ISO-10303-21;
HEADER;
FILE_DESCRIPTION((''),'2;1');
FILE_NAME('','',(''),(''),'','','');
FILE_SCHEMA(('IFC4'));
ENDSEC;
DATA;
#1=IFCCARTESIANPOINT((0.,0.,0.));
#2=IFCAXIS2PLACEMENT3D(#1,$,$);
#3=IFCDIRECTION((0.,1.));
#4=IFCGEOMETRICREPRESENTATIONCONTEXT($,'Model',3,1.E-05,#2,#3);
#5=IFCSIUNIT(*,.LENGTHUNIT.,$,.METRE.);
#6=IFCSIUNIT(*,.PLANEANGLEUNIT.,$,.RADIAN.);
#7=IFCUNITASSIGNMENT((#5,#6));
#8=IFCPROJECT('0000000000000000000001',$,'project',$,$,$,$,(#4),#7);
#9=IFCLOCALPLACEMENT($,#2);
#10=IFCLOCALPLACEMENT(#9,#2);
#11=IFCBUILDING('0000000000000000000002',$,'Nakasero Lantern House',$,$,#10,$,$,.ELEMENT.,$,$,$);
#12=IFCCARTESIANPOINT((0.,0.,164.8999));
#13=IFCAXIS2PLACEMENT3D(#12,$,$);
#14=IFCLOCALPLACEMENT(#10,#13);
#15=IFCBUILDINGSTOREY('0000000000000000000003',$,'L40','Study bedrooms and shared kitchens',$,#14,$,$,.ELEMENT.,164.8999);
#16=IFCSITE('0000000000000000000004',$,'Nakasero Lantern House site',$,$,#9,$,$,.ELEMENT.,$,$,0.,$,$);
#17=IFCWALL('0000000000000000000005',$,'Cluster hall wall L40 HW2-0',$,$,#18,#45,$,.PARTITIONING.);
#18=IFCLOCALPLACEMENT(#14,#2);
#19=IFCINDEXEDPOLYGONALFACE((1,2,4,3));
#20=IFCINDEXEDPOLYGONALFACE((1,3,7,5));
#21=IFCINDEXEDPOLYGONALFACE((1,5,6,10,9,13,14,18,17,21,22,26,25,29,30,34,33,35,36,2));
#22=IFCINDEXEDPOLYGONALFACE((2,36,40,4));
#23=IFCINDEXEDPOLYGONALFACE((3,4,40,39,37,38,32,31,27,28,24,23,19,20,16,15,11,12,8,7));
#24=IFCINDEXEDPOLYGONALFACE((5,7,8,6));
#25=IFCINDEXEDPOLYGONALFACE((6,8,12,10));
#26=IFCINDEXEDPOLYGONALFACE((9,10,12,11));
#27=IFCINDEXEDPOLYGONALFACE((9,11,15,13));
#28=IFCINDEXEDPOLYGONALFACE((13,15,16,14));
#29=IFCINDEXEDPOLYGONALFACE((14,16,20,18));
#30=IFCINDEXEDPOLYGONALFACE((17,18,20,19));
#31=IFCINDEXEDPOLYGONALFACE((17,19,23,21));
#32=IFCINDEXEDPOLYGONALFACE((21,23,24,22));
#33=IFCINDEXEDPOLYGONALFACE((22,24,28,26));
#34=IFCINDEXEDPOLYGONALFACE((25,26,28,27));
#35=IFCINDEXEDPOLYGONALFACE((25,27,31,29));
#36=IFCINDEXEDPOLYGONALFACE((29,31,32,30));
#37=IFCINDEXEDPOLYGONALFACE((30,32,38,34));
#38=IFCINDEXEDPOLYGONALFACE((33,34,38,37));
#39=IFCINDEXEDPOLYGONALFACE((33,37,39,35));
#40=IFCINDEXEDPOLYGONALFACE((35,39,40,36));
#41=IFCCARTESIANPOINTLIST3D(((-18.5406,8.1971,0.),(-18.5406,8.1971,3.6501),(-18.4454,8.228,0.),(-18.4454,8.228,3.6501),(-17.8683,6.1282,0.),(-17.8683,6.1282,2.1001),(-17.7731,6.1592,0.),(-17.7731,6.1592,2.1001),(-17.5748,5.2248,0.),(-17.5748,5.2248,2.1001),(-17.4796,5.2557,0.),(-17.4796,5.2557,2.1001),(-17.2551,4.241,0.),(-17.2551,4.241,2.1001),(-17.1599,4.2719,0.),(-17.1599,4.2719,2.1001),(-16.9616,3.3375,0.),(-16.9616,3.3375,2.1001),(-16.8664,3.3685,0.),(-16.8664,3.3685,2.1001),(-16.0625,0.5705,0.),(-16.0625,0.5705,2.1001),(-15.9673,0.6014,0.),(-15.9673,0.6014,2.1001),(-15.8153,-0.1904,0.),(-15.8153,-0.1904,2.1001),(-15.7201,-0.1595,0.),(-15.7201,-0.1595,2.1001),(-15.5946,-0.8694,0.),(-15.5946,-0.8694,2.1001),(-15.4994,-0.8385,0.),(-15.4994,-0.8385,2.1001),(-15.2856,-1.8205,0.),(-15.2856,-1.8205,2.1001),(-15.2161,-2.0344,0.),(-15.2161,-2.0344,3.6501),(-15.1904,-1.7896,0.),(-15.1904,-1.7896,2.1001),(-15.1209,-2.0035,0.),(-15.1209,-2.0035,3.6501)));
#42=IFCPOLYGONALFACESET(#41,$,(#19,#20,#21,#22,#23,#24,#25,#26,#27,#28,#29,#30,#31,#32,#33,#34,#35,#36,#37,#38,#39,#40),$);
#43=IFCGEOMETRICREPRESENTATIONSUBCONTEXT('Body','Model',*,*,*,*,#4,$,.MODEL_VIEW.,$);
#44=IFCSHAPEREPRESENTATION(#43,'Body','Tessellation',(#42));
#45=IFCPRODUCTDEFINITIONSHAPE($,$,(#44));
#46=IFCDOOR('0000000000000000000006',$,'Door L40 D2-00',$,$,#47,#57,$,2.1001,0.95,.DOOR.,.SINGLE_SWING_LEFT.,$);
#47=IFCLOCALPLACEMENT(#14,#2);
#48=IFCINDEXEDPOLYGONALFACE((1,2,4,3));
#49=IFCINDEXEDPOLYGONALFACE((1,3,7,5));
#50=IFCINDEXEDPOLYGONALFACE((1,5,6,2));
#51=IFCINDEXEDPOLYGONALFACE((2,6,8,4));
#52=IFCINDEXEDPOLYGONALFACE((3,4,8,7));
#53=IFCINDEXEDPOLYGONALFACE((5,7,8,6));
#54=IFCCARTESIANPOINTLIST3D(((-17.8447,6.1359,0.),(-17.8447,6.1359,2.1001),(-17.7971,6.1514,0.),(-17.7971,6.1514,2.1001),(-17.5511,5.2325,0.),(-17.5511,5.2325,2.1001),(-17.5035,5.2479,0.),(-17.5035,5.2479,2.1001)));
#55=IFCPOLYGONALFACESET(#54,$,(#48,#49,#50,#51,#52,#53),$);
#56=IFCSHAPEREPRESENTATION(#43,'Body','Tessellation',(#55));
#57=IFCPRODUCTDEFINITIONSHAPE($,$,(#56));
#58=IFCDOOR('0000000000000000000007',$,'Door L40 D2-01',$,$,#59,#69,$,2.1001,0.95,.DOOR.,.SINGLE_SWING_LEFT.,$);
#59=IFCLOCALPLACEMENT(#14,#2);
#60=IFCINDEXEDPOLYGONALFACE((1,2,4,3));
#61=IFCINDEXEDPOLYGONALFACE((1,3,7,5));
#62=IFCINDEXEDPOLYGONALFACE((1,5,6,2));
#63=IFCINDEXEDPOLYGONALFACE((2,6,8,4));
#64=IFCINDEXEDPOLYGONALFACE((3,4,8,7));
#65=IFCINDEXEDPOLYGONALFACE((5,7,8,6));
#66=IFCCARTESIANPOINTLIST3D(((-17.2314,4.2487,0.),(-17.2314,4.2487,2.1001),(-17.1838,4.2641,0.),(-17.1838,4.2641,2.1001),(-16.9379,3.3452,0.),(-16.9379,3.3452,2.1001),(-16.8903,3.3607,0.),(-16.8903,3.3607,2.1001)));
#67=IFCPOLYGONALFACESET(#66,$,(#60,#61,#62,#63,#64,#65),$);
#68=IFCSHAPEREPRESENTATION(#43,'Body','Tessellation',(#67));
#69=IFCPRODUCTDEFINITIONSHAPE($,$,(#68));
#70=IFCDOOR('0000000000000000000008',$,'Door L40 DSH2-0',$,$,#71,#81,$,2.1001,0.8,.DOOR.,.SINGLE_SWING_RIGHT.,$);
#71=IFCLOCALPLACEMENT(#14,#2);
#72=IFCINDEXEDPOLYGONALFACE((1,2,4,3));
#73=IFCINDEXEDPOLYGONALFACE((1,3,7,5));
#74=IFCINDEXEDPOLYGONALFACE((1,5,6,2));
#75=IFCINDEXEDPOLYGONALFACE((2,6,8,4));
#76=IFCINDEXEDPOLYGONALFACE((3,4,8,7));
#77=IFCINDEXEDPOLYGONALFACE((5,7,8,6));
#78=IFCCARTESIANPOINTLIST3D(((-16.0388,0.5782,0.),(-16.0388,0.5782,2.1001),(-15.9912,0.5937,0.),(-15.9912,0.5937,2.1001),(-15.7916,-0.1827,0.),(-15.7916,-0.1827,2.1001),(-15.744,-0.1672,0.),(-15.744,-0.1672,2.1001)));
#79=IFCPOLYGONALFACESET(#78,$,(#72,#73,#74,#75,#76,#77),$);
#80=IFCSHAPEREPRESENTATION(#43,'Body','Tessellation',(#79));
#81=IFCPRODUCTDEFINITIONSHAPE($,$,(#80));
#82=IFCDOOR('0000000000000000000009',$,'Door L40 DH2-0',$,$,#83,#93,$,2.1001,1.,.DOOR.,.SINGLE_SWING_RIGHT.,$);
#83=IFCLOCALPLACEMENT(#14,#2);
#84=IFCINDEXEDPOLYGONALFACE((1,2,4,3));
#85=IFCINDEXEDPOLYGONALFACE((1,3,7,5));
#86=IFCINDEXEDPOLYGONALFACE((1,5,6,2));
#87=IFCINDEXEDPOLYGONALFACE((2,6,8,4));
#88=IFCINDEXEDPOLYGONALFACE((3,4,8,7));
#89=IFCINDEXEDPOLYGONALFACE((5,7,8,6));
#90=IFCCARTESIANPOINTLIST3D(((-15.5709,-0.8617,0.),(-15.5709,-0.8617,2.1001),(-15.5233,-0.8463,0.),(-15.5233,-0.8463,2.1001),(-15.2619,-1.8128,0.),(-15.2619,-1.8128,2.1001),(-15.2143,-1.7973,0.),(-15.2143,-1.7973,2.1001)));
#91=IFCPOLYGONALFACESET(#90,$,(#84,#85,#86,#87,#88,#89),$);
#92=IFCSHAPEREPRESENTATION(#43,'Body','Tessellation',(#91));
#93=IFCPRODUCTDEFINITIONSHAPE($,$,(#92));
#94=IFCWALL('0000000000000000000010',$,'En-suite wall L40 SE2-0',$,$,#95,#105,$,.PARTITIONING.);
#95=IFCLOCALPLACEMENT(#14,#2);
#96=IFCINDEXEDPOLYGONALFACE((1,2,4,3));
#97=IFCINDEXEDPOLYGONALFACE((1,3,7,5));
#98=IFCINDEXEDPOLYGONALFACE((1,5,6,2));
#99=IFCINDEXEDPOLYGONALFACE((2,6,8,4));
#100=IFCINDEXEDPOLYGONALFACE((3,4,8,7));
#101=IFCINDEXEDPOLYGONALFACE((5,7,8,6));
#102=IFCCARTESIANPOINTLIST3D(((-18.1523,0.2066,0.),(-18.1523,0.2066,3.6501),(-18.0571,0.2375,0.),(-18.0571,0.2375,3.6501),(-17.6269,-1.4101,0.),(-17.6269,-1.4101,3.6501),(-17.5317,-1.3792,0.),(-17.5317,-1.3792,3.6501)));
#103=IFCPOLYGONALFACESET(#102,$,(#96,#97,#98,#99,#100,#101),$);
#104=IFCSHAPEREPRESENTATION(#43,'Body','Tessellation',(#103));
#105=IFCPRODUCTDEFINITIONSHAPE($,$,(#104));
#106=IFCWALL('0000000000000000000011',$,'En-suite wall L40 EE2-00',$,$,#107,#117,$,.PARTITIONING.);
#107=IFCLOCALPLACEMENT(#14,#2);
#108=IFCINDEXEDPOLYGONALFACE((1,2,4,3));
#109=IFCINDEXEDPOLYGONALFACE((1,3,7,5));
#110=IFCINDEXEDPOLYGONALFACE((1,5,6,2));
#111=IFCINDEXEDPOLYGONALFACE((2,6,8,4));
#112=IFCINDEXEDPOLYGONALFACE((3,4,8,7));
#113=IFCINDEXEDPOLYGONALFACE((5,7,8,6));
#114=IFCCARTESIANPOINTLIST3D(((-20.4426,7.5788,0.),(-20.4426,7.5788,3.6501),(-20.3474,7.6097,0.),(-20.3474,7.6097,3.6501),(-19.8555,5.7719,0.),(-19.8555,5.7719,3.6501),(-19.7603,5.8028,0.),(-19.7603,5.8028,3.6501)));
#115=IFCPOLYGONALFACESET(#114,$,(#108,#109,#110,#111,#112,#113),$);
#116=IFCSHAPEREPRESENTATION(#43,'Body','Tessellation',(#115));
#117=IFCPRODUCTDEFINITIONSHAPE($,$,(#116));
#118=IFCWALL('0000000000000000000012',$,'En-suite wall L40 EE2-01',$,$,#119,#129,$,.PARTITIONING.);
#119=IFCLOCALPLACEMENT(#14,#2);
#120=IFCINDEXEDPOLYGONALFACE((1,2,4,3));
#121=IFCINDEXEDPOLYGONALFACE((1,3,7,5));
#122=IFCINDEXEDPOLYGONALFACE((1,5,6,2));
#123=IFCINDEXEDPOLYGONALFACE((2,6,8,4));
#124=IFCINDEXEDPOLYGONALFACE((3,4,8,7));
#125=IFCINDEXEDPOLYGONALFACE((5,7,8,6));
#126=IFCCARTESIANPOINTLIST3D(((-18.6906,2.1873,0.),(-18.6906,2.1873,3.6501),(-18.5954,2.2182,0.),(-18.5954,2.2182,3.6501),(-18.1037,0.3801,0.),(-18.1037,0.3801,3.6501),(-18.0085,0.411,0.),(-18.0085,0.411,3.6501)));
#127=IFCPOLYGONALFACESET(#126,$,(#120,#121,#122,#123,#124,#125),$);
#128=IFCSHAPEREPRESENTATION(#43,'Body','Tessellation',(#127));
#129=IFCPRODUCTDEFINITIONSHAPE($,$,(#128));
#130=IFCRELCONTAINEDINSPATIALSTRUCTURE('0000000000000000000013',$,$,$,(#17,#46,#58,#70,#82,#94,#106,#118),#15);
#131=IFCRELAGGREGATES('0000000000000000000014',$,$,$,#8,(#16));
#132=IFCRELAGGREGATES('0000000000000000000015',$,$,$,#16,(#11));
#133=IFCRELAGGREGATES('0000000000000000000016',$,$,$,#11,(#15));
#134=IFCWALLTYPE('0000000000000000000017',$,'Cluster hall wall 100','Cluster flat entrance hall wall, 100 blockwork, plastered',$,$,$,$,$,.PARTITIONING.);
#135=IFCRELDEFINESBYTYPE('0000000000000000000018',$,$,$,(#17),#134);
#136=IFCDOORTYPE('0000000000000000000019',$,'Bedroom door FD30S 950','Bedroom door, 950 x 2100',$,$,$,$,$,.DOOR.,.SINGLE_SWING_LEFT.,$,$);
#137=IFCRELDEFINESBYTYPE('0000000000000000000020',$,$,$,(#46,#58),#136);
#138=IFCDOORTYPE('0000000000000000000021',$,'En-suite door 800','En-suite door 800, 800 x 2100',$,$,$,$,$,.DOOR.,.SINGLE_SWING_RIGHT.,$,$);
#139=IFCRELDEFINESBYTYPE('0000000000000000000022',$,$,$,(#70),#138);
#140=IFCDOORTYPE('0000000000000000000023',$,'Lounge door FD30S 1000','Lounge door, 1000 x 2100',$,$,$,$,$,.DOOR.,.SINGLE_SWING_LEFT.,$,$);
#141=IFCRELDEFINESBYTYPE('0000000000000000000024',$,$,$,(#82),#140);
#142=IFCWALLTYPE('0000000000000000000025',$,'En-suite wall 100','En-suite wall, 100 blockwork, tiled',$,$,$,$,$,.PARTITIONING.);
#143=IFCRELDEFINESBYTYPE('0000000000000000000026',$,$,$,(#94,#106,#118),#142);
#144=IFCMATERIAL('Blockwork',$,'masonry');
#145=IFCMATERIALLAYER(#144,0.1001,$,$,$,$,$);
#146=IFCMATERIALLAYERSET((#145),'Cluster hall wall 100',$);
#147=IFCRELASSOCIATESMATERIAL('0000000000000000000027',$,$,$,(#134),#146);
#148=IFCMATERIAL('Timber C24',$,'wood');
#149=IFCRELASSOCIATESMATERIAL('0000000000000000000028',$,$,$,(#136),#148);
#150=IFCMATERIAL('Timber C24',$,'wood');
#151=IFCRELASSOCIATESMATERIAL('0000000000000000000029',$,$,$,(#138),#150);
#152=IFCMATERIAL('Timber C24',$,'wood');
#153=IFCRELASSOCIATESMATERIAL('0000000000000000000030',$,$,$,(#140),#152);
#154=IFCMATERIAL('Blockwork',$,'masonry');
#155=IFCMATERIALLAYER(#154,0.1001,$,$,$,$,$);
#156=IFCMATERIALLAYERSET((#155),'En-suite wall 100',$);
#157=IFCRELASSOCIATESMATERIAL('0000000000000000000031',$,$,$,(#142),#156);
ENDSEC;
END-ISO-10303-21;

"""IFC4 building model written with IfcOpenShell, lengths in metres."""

from ifc_helpers import new_model, si_unit, direction, frame, frame_2d, origin, place, context, subcontext, project, spatial, rectangle, extrude, material, layer, layer_set, type_object, element, fill, save


model = new_model("IFC4")

# Units and contexts
model_context = context("Model", 3, precision=1e-05, world=origin(), true_north=direction((0.0, 1.0)))
body_context = subcontext(model_context, "Body", "Model", "MODEL_VIEW")
ifc_project = project(units=[si_unit("LENGTHUNIT", "METRE"), si_unit("PLANEANGLEUNIT", "RADIAN")], contexts=[model_context])

# Site, building, storey
site_placement = place(None, origin())
site = spatial("IfcSite", under=ifc_project, at=site_placement, Name="Nakasero Lantern House site", CompositionType="ELEMENT", RefElevation=0.0)
building_placement = place(site_placement, origin())
building = spatial("IfcBuilding", under=site, at=building_placement, Name="Nakasero Lantern House", CompositionType="ELEMENT")
storey_placement = place(building_placement, frame((0.0, 0.0, 164.8999)))
storey = spatial("IfcBuildingStorey", under=building, at=storey_placement, Name="L40", Description="Study bedrooms and shared kitchens", CompositionType="ELEMENT", Elevation=164.8999)

# Wall, openings, doors
ifc_material_1 = material(Name="Blockwork", Category="masonry")
ifc_layer_1 = layer(ifc_material_1, 0.1001)
ifc_layer_set_1 = layer_set([ifc_layer_1], Name="Cluster hall wall 100")
wall_type_1 = type_object("IfcWallType", Name="Cluster hall wall 100", Description="Cluster flat entrance hall wall, 100 blockwork, plastered", PredefinedType="PARTITIONING", material=ifc_layer_set_1)
wall_1_placement = place(storey_placement, frame((-18.4929, 8.2124, 0.0), z_axis=(0.0, 0.0, 1.0), x_axis=(0.309022, -0.951055, 0.0)))
wall_1 = element("IfcWall", 1, at=wall_1_placement, inside=storey, type_object=wall_type_1, Name="Cluster hall wall L40 HW2-0", PredefinedType="PARTITIONING", context=body_context, shape_type="SweptSolid", body=[
    extrude(rectangle(XDim=10.7581, YDim=0.1001, at=frame_2d((5.3789, 0.0))), origin(), (0.0, 0.0, 1.0), 3.6501),
])
opening_1_placement = place(wall_1_placement, frame((9.533, 0.0, 0.0)))
opening_1 = element("IfcOpeningElement", 2, at=opening_1_placement, cuts=wall_1, PredefinedType="OPENING", context=body_context, shape_type="SweptSolid", body=[
    extrude(rectangle(XDim=1.0, YDim=2.1001, at=frame_2d((0.5, 1.05))), frame((0.0, 0.0701, 0.0), z_axis=(0.0, -1.0, 0.0), x_axis=(1.0, 0.0, 0.0)), (0.0, 0.0, 1.0), 0.1401),
])
opening_2_placement = place(wall_1_placement, frame((8.019, 0.0, 0.0)))
opening_2 = element("IfcOpeningElement", 3, at=opening_2_placement, cuts=wall_1, PredefinedType="OPENING", context=body_context, shape_type="SweptSolid", body=[
    extrude(rectangle(XDim=0.8, YDim=2.1001, at=frame_2d((0.3999, 1.05))), frame((0.0, 0.0701, 0.0), z_axis=(0.0, -1.0, 0.0), x_axis=(1.0, 0.0, 0.0)), (0.0, 0.0, 1.0), 0.1401),
])
opening_3_placement = place(wall_1_placement, frame((2.175, 0.0, 0.0)))
opening_3 = element("IfcOpeningElement", 4, at=opening_3_placement, cuts=wall_1, PredefinedType="OPENING", context=body_context, shape_type="SweptSolid", body=[
    extrude(rectangle(XDim=0.95, YDim=2.1001, at=frame_2d((0.4751, 1.05))), frame((0.0, 0.0701, 0.0), z_axis=(0.0, -1.0, 0.0), x_axis=(1.0, 0.0, 0.0)), (0.0, 0.0, 1.0), 0.1401),
])
opening_4_placement = place(wall_1_placement, frame((4.1594, 0.0, 0.0)))
opening_4 = element("IfcOpeningElement", 5, at=opening_4_placement, cuts=wall_1, PredefinedType="OPENING", context=body_context, shape_type="SweptSolid", body=[
    extrude(rectangle(XDim=0.95, YDim=2.1001, at=frame_2d((0.4751, 1.05))), frame((0.0, 0.0701, 0.0), z_axis=(0.0, -1.0, 0.0), x_axis=(1.0, 0.0, 0.0)), (0.0, 0.0, 1.0), 0.1401),
])
ifc_material_2 = material(Name="Timber C24", Category="wood")
door_type_1 = type_object("IfcDoorType", Name="Bedroom door FD30S 950", Description="Bedroom door, 950 x 2100", OperationType="SINGLE_SWING_LEFT", PredefinedType="DOOR", material=ifc_material_2)
door_1_placement = place(opening_3_placement, origin())
door_1 = element("IfcDoor", 6, at=door_1_placement, inside=storey, type_object=door_type_1, Name="Door L40 D2-00", OperationType="SINGLE_SWING_LEFT", OverallHeight=2.1001, OverallWidth=0.95, PredefinedType="DOOR", context=body_context, shape_type="SweptSolid", body=[
    extrude(rectangle(XDim=0.95, YDim=2.1001, at=frame_2d((0.4751, 1.05))), frame((0.0, 0.0249, 0.0), z_axis=(0.0, -1.0, 0.0), x_axis=(1.0, 0.0, 0.0)), (0.0, 0.0, 1.0), 0.05),
])
fill(opening_3, door_1)
door_2_placement = place(opening_4_placement, origin())
door_2 = element("IfcDoor", 7, at=door_2_placement, inside=storey, type_object=door_type_1, Name="Door L40 D2-01", OperationType="SINGLE_SWING_LEFT", OverallHeight=2.1001, OverallWidth=0.95, PredefinedType="DOOR", context=body_context, shape_type="SweptSolid", body=[
    extrude(rectangle(XDim=0.95, YDim=2.1001, at=frame_2d((0.4751, 1.05))), frame((0.0, 0.0249, 0.0), z_axis=(0.0, -1.0, 0.0), x_axis=(1.0, 0.0, 0.0)), (0.0, 0.0, 1.0), 0.05),
])
fill(opening_4, door_2)
ifc_material_3 = material(Name="Timber C24", Category="wood")
door_type_2 = type_object("IfcDoorType", Name="En-suite door 800", Description="En-suite door 800, 800 x 2100", OperationType="SINGLE_SWING_RIGHT", PredefinedType="DOOR", material=ifc_material_3)
door_3_placement = place(opening_2_placement, origin())
door_3 = element("IfcDoor", 8, at=door_3_placement, inside=storey, type_object=door_type_2, Name="Door L40 DSH2-0", OperationType="SINGLE_SWING_RIGHT", OverallHeight=2.1001, OverallWidth=0.8, PredefinedType="DOOR", context=body_context, shape_type="SweptSolid", body=[
    extrude(rectangle(XDim=0.8, YDim=2.1001, at=frame_2d((0.3999, 1.05))), frame((0.0, 0.0249, 0.0), z_axis=(0.0, -1.0, 0.0), x_axis=(1.0, 0.0, 0.0)), (0.0, 0.0, 1.0), 0.05),
])
fill(opening_2, door_3)
ifc_material_4 = material(Name="Timber C24", Category="wood")
door_type_3 = type_object("IfcDoorType", Name="Lounge door FD30S 1000", Description="Lounge door, 1000 x 2100", OperationType="SINGLE_SWING_LEFT", PredefinedType="DOOR", material=ifc_material_4)
door_4_placement = place(opening_1_placement, origin())
door_4 = element("IfcDoor", 9, at=door_4_placement, inside=storey, type_object=door_type_3, Name="Door L40 DH2-0", OperationType="SINGLE_SWING_RIGHT", OverallHeight=2.1001, OverallWidth=1.0, PredefinedType="DOOR", context=body_context, shape_type="SweptSolid", body=[
    extrude(rectangle(XDim=1.0, YDim=2.1001, at=frame_2d((0.5, 1.05))), frame((0.0, 0.0249, 0.0), z_axis=(0.0, -1.0, 0.0), x_axis=(1.0, 0.0, 0.0)), (0.0, 0.0, 1.0), 0.05),
])
fill(opening_1, door_4)

# Walls
ifc_material_5 = material(Name="Blockwork", Category="masonry")
ifc_layer_2 = layer(ifc_material_5, 0.1001)
ifc_layer_set_2 = layer_set([ifc_layer_2], Name="En-suite wall 100")
wall_type_2 = type_object("IfcWallType", Name="En-suite wall 100", Description="En-suite wall, 100 blockwork, tiled", PredefinedType="PARTITIONING", material=ifc_layer_set_2)
wall_2_placement = place(storey_placement, frame((-18.1047, 0.2222, 0.0), z_axis=(0.0, 0.0, 1.0), x_axis=(0.309067, -0.95104, 0.0)))
element("IfcWall", 10, at=wall_2_placement, inside=storey, type_object=wall_type_2, Name="En-suite wall L40 SE2-0", PredefinedType="PARTITIONING", context=body_context, shape_type="SweptSolid", body=[
    extrude(rectangle(XDim=1.7, YDim=0.1001, at=frame_2d((0.8501, 0.0))), origin(), (0.0, 0.0, 1.0), 3.6501),
])
wall_3_placement = place(storey_placement, frame((-20.395, 7.5942, 0.0), z_axis=(0.0, 0.0, 1.0), x_axis=(0.309048, -0.951046, 0.0)))
element("IfcWall", 11, at=wall_3_placement, inside=storey, type_object=wall_type_2, Name="En-suite wall L40 EE2-00", PredefinedType="PARTITIONING", context=body_context, shape_type="SweptSolid", body=[
    extrude(rectangle(XDim=1.8999, YDim=0.1001, at=frame_2d((0.95, 0.0))), origin(), (0.0, 0.0, 1.0), 3.6501),
])
wall_4_placement = place(storey_placement, frame((-18.6431, 2.2029, 0.0), z_axis=(0.0, 0.0, 1.0), x_axis=(0.308894, -0.951096, 0.0)))
element("IfcWall", 12, at=wall_4_placement, inside=storey, type_object=wall_type_2, Name="En-suite wall L40 EE2-01", PredefinedType="PARTITIONING", context=body_context, shape_type="SweptSolid", body=[
    extrude(rectangle(XDim=1.9001, YDim=0.1001, at=frame_2d((0.9502, 0.0))), origin(), (0.0, 0.0, 1.0), 3.6501),
])

save(model, "model.ifc")
